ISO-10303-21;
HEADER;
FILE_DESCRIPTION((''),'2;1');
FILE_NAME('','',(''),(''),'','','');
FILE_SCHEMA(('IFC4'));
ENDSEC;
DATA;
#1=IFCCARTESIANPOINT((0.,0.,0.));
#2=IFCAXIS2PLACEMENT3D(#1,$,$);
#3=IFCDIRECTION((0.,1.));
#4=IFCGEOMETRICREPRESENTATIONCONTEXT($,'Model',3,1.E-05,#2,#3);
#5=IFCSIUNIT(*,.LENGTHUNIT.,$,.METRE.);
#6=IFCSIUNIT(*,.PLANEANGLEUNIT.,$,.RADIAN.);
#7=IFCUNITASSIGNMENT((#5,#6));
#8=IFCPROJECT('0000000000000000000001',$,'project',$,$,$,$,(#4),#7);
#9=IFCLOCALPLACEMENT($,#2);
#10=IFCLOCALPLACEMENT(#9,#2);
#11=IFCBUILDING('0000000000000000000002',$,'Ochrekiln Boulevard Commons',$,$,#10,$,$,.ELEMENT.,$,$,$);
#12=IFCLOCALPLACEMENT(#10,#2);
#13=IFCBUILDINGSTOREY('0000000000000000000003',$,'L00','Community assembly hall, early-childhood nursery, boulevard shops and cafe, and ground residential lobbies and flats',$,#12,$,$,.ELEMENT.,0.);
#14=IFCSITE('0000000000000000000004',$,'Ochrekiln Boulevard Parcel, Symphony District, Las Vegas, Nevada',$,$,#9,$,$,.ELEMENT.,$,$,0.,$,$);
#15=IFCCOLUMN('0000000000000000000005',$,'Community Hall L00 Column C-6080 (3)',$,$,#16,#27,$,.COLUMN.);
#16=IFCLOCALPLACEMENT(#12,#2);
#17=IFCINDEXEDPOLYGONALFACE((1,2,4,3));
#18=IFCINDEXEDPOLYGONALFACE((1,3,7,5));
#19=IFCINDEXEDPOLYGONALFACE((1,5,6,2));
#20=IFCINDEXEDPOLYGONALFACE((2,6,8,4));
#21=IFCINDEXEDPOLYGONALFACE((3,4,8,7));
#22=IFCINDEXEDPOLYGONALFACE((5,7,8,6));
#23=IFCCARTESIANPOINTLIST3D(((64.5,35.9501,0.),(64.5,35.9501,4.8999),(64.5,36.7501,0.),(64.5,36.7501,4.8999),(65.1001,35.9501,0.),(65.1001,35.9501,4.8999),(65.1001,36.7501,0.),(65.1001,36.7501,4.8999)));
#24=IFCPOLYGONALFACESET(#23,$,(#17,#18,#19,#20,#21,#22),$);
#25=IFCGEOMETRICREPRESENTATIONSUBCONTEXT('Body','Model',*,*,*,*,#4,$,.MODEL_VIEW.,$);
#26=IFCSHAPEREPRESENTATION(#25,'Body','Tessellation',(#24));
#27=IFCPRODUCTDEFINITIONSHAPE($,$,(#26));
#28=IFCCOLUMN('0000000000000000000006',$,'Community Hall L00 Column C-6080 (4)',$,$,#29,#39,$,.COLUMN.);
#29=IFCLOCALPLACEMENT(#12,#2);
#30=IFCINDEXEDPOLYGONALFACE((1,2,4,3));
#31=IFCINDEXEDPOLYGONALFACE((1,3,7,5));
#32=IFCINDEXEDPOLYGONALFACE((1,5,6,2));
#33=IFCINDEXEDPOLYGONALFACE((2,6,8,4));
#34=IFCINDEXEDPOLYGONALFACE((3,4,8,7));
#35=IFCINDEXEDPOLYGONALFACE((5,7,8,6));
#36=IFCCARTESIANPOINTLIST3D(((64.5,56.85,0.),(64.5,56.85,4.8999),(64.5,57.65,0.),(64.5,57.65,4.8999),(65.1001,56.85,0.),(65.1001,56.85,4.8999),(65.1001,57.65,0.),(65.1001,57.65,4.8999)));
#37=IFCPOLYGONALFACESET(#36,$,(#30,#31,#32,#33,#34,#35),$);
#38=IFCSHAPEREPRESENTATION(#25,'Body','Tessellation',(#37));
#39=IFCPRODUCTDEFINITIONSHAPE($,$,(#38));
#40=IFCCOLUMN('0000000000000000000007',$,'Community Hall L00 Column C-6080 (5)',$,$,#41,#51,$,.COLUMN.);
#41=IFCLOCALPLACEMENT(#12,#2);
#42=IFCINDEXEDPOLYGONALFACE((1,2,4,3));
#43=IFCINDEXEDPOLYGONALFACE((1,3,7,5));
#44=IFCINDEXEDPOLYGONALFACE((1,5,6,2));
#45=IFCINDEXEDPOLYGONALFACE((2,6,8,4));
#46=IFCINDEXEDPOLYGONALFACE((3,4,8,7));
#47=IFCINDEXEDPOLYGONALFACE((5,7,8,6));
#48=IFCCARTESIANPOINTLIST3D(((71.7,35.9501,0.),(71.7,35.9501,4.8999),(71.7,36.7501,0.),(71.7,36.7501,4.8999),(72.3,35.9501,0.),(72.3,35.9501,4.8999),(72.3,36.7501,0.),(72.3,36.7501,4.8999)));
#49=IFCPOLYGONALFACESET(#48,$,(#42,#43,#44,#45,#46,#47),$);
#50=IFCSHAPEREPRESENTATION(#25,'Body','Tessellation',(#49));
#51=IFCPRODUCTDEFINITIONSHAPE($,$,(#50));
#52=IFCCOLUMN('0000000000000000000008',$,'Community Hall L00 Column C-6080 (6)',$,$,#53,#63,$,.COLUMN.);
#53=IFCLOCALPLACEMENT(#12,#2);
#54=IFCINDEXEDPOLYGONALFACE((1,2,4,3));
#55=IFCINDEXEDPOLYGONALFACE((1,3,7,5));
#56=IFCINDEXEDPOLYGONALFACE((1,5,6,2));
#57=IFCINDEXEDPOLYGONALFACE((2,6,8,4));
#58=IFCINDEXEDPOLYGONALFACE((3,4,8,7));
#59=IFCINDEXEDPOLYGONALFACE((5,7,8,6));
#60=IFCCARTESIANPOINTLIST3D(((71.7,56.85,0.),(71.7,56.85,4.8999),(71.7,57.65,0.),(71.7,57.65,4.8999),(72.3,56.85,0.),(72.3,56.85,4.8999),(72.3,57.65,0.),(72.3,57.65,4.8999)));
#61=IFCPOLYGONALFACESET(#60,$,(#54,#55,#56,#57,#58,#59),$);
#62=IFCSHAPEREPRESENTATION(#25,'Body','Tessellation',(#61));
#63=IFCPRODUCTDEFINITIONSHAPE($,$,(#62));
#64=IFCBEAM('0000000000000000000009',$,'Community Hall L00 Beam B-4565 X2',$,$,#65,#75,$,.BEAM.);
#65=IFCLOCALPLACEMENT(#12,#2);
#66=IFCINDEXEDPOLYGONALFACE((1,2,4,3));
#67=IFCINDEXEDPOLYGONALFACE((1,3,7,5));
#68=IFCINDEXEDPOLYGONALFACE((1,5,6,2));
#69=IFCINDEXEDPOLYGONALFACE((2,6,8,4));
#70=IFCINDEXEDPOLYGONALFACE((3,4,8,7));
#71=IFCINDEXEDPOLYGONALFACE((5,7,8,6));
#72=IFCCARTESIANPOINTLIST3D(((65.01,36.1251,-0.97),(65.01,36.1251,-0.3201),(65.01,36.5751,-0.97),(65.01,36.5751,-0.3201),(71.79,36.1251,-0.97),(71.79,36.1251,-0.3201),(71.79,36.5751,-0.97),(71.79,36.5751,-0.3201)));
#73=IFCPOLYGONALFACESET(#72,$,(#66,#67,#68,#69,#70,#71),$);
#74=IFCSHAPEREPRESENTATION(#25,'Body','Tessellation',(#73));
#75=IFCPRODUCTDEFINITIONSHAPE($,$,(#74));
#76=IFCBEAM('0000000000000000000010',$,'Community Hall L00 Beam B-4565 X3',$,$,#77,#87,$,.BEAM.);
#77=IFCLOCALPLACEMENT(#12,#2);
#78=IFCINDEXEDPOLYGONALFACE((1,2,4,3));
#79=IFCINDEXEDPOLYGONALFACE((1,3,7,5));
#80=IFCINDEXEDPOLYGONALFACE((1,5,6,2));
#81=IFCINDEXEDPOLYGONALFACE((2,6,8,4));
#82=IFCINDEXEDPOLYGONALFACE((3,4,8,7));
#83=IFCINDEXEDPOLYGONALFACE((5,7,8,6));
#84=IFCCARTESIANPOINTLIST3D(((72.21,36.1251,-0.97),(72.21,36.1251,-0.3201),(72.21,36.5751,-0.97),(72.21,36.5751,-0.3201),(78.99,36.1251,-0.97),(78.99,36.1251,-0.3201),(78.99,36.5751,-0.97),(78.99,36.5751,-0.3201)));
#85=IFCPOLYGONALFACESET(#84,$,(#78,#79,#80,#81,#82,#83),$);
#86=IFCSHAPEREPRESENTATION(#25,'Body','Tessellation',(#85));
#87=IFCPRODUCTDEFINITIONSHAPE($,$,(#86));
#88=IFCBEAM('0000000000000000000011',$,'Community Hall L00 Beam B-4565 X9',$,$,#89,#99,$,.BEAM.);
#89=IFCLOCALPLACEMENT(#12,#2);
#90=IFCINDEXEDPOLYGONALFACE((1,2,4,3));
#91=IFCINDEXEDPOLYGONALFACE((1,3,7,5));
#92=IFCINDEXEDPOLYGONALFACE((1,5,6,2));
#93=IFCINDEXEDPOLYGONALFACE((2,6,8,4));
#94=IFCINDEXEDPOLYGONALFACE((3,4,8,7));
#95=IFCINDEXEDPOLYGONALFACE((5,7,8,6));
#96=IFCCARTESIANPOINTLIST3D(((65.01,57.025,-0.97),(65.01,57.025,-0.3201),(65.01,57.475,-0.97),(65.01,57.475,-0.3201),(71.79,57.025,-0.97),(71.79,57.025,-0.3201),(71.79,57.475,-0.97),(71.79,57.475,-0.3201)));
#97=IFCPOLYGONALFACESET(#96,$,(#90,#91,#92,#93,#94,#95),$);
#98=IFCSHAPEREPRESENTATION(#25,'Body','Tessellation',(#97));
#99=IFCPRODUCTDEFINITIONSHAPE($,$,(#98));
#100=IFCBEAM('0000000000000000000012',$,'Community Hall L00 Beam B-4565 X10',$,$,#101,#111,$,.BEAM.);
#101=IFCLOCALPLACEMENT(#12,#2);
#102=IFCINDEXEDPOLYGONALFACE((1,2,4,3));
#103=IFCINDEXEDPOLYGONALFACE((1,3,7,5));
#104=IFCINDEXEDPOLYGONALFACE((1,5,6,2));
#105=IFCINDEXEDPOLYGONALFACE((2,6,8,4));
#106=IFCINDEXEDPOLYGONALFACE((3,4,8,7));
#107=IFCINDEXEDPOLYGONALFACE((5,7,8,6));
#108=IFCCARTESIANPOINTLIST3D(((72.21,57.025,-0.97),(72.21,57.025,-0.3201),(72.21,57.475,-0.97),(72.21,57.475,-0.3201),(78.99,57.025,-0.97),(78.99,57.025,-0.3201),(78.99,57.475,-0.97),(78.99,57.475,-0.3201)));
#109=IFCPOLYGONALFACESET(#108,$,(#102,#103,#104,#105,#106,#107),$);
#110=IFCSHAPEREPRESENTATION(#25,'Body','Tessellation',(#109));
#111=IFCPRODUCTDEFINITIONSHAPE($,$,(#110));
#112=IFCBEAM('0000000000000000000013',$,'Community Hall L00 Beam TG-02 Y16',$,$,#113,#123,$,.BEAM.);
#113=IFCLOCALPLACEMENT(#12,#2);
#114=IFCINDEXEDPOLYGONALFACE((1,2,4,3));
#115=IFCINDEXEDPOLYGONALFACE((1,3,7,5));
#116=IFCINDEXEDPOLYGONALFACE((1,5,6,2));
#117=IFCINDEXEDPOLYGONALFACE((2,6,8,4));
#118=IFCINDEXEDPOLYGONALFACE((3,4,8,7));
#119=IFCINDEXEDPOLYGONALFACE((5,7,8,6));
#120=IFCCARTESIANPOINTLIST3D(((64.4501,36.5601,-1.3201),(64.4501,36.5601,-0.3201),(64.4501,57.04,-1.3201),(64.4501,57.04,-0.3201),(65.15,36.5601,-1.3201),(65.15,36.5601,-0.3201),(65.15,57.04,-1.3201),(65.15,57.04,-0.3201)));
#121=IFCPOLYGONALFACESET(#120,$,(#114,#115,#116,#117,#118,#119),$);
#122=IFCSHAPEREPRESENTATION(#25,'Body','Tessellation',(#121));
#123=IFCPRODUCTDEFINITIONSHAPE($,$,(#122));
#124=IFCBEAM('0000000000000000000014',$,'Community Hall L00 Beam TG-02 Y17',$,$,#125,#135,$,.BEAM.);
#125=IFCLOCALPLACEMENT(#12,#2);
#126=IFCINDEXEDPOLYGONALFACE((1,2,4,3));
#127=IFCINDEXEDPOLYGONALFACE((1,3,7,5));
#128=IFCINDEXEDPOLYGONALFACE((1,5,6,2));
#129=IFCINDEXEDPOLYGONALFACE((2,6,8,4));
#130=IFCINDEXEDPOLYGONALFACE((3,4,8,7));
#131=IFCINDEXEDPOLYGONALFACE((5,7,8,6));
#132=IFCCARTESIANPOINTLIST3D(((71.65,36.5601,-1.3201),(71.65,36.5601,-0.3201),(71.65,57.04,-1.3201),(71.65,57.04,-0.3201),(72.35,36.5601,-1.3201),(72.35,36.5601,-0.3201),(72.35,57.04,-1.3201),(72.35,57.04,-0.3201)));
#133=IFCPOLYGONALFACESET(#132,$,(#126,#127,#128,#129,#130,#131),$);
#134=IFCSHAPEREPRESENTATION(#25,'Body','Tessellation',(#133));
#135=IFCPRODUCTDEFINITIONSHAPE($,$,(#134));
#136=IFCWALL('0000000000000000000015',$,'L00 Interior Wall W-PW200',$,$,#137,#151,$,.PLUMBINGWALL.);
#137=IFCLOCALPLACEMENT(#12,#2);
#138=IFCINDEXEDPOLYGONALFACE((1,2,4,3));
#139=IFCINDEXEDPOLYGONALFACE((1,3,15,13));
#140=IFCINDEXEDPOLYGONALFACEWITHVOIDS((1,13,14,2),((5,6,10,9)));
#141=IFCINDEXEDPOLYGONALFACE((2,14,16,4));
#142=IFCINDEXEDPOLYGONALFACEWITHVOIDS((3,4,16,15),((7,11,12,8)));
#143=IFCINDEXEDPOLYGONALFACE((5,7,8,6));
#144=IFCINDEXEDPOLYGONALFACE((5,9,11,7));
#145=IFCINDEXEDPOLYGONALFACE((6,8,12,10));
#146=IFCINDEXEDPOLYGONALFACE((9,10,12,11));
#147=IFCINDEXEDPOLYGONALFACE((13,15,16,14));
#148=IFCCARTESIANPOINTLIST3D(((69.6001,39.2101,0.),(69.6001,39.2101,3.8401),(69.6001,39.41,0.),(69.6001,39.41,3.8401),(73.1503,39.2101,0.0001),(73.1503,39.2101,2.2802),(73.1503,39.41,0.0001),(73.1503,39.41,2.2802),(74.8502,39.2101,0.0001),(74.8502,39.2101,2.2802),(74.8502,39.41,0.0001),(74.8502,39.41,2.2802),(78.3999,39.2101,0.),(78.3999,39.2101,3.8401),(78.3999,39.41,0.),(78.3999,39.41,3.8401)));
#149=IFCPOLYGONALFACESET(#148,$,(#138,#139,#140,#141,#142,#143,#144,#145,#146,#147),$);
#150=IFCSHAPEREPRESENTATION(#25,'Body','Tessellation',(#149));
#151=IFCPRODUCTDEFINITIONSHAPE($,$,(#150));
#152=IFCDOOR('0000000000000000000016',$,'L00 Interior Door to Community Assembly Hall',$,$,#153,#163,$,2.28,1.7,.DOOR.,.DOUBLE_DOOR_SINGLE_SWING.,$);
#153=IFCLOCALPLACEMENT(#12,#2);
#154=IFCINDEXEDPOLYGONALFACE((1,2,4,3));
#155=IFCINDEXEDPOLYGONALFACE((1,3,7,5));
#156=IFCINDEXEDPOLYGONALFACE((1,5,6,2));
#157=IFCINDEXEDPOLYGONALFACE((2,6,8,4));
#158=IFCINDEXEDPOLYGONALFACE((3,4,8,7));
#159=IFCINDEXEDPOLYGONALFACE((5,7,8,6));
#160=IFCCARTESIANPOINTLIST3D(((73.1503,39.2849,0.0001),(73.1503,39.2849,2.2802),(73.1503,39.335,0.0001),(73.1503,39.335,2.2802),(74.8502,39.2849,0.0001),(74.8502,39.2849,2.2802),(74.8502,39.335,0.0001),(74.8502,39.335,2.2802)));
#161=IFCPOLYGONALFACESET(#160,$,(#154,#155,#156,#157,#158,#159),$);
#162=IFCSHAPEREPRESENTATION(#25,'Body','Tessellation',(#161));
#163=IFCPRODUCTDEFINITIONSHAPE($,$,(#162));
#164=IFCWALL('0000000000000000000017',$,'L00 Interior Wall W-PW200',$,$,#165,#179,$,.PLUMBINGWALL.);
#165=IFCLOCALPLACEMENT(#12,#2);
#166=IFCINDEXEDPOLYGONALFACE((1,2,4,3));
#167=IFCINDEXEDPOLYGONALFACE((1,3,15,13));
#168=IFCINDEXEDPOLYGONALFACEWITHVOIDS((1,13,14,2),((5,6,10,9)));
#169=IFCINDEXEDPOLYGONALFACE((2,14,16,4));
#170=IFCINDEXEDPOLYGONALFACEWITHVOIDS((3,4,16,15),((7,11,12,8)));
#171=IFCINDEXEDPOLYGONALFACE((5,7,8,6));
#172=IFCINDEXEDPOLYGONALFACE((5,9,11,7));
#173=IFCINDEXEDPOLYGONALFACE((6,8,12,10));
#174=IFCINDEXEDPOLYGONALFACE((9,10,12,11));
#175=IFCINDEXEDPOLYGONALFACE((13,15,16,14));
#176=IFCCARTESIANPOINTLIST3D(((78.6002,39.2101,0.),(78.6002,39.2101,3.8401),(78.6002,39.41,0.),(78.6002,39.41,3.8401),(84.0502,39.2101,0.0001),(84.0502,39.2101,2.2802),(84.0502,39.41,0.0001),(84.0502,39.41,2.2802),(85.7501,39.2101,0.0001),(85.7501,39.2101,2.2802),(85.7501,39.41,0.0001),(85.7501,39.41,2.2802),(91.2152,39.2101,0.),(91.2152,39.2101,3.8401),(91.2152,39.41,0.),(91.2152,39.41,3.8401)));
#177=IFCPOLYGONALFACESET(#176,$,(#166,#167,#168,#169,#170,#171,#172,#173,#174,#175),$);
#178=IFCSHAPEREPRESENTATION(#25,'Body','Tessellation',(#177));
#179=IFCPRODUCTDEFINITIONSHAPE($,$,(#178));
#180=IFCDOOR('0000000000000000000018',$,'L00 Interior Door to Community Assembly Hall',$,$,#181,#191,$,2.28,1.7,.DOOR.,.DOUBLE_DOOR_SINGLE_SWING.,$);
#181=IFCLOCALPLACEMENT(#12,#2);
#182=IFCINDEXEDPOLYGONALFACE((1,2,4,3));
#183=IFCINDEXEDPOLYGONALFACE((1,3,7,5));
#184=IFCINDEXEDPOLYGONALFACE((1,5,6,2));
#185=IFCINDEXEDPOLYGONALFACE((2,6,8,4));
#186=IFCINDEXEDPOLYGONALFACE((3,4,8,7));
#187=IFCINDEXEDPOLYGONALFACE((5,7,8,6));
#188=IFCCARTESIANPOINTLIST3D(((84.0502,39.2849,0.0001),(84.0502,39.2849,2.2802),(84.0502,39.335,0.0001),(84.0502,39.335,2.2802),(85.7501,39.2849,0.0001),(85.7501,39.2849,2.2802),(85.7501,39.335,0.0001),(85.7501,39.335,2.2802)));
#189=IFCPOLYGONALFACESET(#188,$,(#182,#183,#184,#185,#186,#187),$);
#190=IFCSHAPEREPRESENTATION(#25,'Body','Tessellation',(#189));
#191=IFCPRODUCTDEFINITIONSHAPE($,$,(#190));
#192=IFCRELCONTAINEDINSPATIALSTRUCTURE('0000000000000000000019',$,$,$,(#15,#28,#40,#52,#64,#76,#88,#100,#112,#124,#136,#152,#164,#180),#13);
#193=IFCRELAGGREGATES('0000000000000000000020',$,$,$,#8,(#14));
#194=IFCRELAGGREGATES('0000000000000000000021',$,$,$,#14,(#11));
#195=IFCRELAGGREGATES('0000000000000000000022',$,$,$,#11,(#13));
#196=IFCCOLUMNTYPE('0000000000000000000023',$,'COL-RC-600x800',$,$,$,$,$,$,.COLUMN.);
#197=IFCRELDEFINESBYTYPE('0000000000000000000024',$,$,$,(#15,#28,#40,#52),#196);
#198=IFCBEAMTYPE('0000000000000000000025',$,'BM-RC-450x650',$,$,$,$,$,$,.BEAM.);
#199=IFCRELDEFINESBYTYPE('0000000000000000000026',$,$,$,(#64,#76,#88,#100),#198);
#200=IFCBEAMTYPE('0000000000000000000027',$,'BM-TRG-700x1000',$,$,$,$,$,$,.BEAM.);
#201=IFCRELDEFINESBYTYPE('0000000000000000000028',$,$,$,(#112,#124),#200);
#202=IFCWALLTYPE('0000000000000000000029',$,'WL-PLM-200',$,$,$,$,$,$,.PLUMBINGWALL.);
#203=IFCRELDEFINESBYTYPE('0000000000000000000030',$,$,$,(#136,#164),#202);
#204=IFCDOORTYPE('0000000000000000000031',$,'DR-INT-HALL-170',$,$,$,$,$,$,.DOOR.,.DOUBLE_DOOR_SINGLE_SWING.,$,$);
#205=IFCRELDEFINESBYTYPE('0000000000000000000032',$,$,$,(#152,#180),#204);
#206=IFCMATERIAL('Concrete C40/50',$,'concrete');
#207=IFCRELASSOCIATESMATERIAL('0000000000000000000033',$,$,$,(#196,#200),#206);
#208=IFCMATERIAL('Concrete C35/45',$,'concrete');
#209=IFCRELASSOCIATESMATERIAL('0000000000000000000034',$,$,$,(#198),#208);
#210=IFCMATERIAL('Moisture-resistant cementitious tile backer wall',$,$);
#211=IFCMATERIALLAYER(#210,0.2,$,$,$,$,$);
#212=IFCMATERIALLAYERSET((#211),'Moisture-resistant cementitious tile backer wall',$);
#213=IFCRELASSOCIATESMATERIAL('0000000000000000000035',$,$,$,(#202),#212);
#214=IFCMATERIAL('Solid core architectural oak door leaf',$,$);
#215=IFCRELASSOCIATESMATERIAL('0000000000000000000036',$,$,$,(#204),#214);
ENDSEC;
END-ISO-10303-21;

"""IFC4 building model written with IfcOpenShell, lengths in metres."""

from ifc_helpers import new_model, si_unit, direction, frame, frame_2d, origin, origin_2d, place, context, subcontext, project, spatial, rectangle, extrude, material, layer, layer_set, material_profile, profile_set, type_object, element, fill, save


model = new_model("IFC4")

# Units and contexts
model_context = context("Model", 3, precision=1e-05, world=origin(), true_north=direction((0.0, 1.0)))
body_context = subcontext(model_context, "Body", "Model", "MODEL_VIEW")
ifc_project = project(units=[si_unit("LENGTHUNIT", "METRE"), si_unit("PLANEANGLEUNIT", "RADIAN")], contexts=[model_context])

# Site, building, storey
site_placement = place(None, origin())
site = spatial("IfcSite", under=ifc_project, at=site_placement, Name="Ochrekiln Boulevard Parcel, Symphony District, Las Vegas, Nevada", CompositionType="ELEMENT", RefElevation=0.0)
building_placement = place(site_placement, origin())
building = spatial("IfcBuilding", under=site, at=building_placement, Name="Ochrekiln Boulevard Commons", CompositionType="ELEMENT")
storey_placement = place(building_placement, origin())
storey = spatial("IfcBuildingStorey", under=building, at=storey_placement, Name="L00", Description="Community assembly hall, early-childhood nursery, boulevard shops and cafe, and ground residential lobbies and flats", CompositionType="ELEMENT", Elevation=0.0)

# Columns
ifc_material_1 = material(Name="Concrete C40/50", Category="concrete")
ifc_material_profile_1 = material_profile(ifc_material_1, rectangle(XDim=0.6001, YDim=0.8, at=origin_2d()), Name="RC-COL-600x800")
ifc_profile_set_1 = profile_set([ifc_material_profile_1], Name="Concrete C40/50")
column_type = type_object("IfcColumnType", Name="COL-RC-600x800", PredefinedType="COLUMN", material=ifc_profile_set_1)
for number, where, z_axis, x_axis, name in (
    (1, (64.8, 36.3501, 0.0), (0.0, 0.0, 1.0), (1.0, 0.0, 0.0), "Community Hall L00 Column C-6080 (3)"),
    (2, (64.8, 57.25, 0.0), (0.0, 0.0, 1.0), (1.0, 0.0, 0.0), "Community Hall L00 Column C-6080 (4)"),
    (3, (72.0, 36.3501, 0.0), (0.0, 0.0, 1.0), (1.0, 0.0, 0.0), "Community Hall L00 Column C-6080 (5)"),
    (4, (72.0, 57.25, 0.0), (0.0, 0.0, 1.0), (1.0, 0.0, 0.0), "Community Hall L00 Column C-6080 (6)"),
):
    element("IfcColumn", number, at=place(storey_placement, frame(where, z_axis=z_axis, x_axis=x_axis)), inside=storey, type_object=column_type, Name=name, PredefinedType="COLUMN", context=body_context, shape_type="SweptSolid", body=[
        extrude(rectangle(XDim=0.6001, YDim=0.8, at=origin_2d()), origin(), (0.0, 0.0, 1.0), 4.8999),
    ])

# Beams
ifc_material_2 = material(Name="Concrete C35/45", Category="concrete")
ifc_material_profile_2 = material_profile(ifc_material_2, rectangle(XDim=0.45, YDim=0.6499, at=origin_2d()), Name="RC-BM-450x650")
ifc_profile_set_2 = profile_set([ifc_material_profile_2], Name="Concrete C35/45")
beam_type_1 = type_object("IfcBeamType", Name="BM-RC-450x650", PredefinedType="BEAM", material=ifc_profile_set_2)
for number, where, z_axis, x_axis, name in (
    (5, (65.01, 36.3501, -0.645), (1.0, 0.0, 0.0), (0.0, 1.0, 0.0), "Community Hall L00 Beam B-4565 X2"),
    (6, (72.21, 36.3501, -0.645), (1.0, 0.0, 0.0), (0.0, 1.0, 0.0), "Community Hall L00 Beam B-4565 X3"),
    (7, (65.01, 57.25, -0.645), (1.0, 0.0, 0.0), (0.0, 1.0, 0.0), "Community Hall L00 Beam B-4565 X9"),
    (8, (72.21, 57.25, -0.645), (1.0, 0.0, 0.0), (0.0, 1.0, 0.0), "Community Hall L00 Beam B-4565 X10"),
):
    element("IfcBeam", number, at=place(storey_placement, frame(where, z_axis=z_axis, x_axis=x_axis)), inside=storey, type_object=beam_type_1, Name=name, PredefinedType="BEAM", context=body_context, shape_type="SweptSolid", body=[
        extrude(rectangle(XDim=0.45, YDim=0.6499, at=origin_2d()), origin(), (0.0, 0.0, 1.0), 6.78),
    ])
ifc_material_profile_3 = material_profile(ifc_material_1, rectangle(XDim=0.7, YDim=1.0, at=origin_2d()), Name="RC-TRG-700x1000")
ifc_profile_set_3 = profile_set([ifc_material_profile_3], Name="Concrete C40/50")
beam_type_2 = type_object("IfcBeamType", Name="BM-TRG-700x1000", PredefinedType="BEAM", material=ifc_profile_set_3)
for number, where, z_axis, x_axis, name in (
    (9, (64.8, 36.5601, -0.8201), (0.0, 1.0, 0.0), (-1.0, 0.0, 0.0), "Community Hall L00 Beam TG-02 Y16"),
    (10, (72.0, 36.5601, -0.8201), (0.0, 1.0, 0.0), (-1.0, 0.0, 0.0), "Community Hall L00 Beam TG-02 Y17"),
):
    element("IfcBeam", number, at=place(storey_placement, frame(where, z_axis=z_axis, x_axis=x_axis)), inside=storey, type_object=beam_type_2, Name=name, PredefinedType="BEAM", context=body_context, shape_type="SweptSolid", body=[
        extrude(rectangle(XDim=0.7, YDim=1.0, at=origin_2d()), origin(), (0.0, 0.0, 1.0), 20.48),
    ])

# Walls, openings, doors
ifc_material_3 = material(Name="Moisture-resistant cementitious tile backer wall")
ifc_layer_1 = layer(ifc_material_3, 0.2)
ifc_layer_set_1 = layer_set([ifc_layer_1], Name="Moisture-resistant cementitious tile backer wall")
wall_type_1 = type_object("IfcWallType", Name="WL-PLM-200", PredefinedType="PLUMBINGWALL", material=ifc_layer_set_1)
wall_1_placement = place(storey_placement, frame((69.6001, 39.3101, 0.0), z_axis=(0.0, 0.0, 1.0), x_axis=(1.0, 0.0, 0.0)))
wall_1 = element("IfcWall", 11, at=wall_1_placement, inside=storey, type_object=wall_type_1, Name="L00 Interior Wall W-PW200", PredefinedType="PLUMBINGWALL", context=body_context, shape_type="SweptSolid", body=[
    extrude(rectangle(XDim=8.7998, YDim=0.2, at=frame_2d((4.3999, 0.0))), origin(), (0.0, 0.0, 1.0), 3.8401),
])
opening_1_placement = place(wall_1_placement, frame((3.55, 0.0, 0.0)))
opening_1 = element("IfcOpeningElement", 12, at=opening_1_placement, cuts=wall_1, PredefinedType="OPENING", context=body_context, shape_type="SweptSolid", body=[
    extrude(rectangle(XDim=1.7, YDim=2.28, at=frame_2d((0.8501, 1.1401))), frame((0.0, 0.1099, 0.0), z_axis=(0.0, -1.0, 0.0), x_axis=(1.0, 0.0, 0.0)), (0.0, 0.0, 1.0), 0.22),
])
ifc_material_4 = material(Name="Solid core architectural oak door leaf")
door_type_1 = type_object("IfcDoorType", Name="DR-INT-HALL-170", OperationType="DOUBLE_DOOR_SINGLE_SWING", PredefinedType="DOOR", material=ifc_material_4)
door_1_placement = place(opening_1_placement, origin())
door_1 = element("IfcDoor", 13, at=door_1_placement, inside=storey, type_object=door_type_1, Name="L00 Interior Door to Community Assembly Hall", OperationType="DOUBLE_DOOR_SINGLE_SWING", OverallHeight=2.28, OverallWidth=1.7, PredefinedType="DOOR", context=body_context, shape_type="SweptSolid", body=[
    extrude(rectangle(XDim=1.7, YDim=2.28, at=frame_2d((0.8501, 1.1401))), frame((0.0, 0.0249, 0.0), z_axis=(0.0, -1.0, 0.0), x_axis=(1.0, 0.0, 0.0)), (0.0, 0.0, 1.0), 0.05),
])
fill(opening_1, door_1)
wall_2_placement = place(storey_placement, frame((78.6001, 39.3101, 0.0), z_axis=(0.0, 0.0, 1.0), x_axis=(1.0, 0.0, 0.0)))
wall_2 = element("IfcWall", 14, at=wall_2_placement, inside=storey, type_object=wall_type_1, Name="L00 Interior Wall W-PW200", PredefinedType="PLUMBINGWALL", context=body_context, shape_type="SweptSolid", body=[
    extrude(rectangle(XDim=12.615, YDim=0.2, at=frame_2d((6.3076, 0.0))), origin(), (0.0, 0.0, 1.0), 3.8401),
])
opening_2_placement = place(wall_2_placement, frame((5.45, 0.0, 0.0)))
opening_2 = element("IfcOpeningElement", 15, at=opening_2_placement, cuts=wall_2, PredefinedType="OPENING", context=body_context, shape_type="SweptSolid", body=[
    extrude(rectangle(XDim=1.7, YDim=2.28, at=frame_2d((0.8501, 1.1401))), frame((0.0, 0.1099, 0.0), z_axis=(0.0, -1.0, 0.0), x_axis=(1.0, 0.0, 0.0)), (0.0, 0.0, 1.0), 0.22),
])
door_2_placement = place(opening_2_placement, origin())
door_2 = element("IfcDoor", 16, at=door_2_placement, inside=storey, type_object=door_type_1, Name="L00 Interior Door to Community Assembly Hall", OperationType="DOUBLE_DOOR_SINGLE_SWING", OverallHeight=2.28, OverallWidth=1.7, PredefinedType="DOOR", context=body_context, shape_type="SweptSolid", body=[
    extrude(rectangle(XDim=1.7, YDim=2.28, at=frame_2d((0.8501, 1.1401))), frame((0.0, 0.0249, 0.0), z_axis=(0.0, -1.0, 0.0), x_axis=(1.0, 0.0, 0.0)), (0.0, 0.0, 1.0), 0.05),
])
fill(opening_2, door_2)

save(model, "model.ifc")
